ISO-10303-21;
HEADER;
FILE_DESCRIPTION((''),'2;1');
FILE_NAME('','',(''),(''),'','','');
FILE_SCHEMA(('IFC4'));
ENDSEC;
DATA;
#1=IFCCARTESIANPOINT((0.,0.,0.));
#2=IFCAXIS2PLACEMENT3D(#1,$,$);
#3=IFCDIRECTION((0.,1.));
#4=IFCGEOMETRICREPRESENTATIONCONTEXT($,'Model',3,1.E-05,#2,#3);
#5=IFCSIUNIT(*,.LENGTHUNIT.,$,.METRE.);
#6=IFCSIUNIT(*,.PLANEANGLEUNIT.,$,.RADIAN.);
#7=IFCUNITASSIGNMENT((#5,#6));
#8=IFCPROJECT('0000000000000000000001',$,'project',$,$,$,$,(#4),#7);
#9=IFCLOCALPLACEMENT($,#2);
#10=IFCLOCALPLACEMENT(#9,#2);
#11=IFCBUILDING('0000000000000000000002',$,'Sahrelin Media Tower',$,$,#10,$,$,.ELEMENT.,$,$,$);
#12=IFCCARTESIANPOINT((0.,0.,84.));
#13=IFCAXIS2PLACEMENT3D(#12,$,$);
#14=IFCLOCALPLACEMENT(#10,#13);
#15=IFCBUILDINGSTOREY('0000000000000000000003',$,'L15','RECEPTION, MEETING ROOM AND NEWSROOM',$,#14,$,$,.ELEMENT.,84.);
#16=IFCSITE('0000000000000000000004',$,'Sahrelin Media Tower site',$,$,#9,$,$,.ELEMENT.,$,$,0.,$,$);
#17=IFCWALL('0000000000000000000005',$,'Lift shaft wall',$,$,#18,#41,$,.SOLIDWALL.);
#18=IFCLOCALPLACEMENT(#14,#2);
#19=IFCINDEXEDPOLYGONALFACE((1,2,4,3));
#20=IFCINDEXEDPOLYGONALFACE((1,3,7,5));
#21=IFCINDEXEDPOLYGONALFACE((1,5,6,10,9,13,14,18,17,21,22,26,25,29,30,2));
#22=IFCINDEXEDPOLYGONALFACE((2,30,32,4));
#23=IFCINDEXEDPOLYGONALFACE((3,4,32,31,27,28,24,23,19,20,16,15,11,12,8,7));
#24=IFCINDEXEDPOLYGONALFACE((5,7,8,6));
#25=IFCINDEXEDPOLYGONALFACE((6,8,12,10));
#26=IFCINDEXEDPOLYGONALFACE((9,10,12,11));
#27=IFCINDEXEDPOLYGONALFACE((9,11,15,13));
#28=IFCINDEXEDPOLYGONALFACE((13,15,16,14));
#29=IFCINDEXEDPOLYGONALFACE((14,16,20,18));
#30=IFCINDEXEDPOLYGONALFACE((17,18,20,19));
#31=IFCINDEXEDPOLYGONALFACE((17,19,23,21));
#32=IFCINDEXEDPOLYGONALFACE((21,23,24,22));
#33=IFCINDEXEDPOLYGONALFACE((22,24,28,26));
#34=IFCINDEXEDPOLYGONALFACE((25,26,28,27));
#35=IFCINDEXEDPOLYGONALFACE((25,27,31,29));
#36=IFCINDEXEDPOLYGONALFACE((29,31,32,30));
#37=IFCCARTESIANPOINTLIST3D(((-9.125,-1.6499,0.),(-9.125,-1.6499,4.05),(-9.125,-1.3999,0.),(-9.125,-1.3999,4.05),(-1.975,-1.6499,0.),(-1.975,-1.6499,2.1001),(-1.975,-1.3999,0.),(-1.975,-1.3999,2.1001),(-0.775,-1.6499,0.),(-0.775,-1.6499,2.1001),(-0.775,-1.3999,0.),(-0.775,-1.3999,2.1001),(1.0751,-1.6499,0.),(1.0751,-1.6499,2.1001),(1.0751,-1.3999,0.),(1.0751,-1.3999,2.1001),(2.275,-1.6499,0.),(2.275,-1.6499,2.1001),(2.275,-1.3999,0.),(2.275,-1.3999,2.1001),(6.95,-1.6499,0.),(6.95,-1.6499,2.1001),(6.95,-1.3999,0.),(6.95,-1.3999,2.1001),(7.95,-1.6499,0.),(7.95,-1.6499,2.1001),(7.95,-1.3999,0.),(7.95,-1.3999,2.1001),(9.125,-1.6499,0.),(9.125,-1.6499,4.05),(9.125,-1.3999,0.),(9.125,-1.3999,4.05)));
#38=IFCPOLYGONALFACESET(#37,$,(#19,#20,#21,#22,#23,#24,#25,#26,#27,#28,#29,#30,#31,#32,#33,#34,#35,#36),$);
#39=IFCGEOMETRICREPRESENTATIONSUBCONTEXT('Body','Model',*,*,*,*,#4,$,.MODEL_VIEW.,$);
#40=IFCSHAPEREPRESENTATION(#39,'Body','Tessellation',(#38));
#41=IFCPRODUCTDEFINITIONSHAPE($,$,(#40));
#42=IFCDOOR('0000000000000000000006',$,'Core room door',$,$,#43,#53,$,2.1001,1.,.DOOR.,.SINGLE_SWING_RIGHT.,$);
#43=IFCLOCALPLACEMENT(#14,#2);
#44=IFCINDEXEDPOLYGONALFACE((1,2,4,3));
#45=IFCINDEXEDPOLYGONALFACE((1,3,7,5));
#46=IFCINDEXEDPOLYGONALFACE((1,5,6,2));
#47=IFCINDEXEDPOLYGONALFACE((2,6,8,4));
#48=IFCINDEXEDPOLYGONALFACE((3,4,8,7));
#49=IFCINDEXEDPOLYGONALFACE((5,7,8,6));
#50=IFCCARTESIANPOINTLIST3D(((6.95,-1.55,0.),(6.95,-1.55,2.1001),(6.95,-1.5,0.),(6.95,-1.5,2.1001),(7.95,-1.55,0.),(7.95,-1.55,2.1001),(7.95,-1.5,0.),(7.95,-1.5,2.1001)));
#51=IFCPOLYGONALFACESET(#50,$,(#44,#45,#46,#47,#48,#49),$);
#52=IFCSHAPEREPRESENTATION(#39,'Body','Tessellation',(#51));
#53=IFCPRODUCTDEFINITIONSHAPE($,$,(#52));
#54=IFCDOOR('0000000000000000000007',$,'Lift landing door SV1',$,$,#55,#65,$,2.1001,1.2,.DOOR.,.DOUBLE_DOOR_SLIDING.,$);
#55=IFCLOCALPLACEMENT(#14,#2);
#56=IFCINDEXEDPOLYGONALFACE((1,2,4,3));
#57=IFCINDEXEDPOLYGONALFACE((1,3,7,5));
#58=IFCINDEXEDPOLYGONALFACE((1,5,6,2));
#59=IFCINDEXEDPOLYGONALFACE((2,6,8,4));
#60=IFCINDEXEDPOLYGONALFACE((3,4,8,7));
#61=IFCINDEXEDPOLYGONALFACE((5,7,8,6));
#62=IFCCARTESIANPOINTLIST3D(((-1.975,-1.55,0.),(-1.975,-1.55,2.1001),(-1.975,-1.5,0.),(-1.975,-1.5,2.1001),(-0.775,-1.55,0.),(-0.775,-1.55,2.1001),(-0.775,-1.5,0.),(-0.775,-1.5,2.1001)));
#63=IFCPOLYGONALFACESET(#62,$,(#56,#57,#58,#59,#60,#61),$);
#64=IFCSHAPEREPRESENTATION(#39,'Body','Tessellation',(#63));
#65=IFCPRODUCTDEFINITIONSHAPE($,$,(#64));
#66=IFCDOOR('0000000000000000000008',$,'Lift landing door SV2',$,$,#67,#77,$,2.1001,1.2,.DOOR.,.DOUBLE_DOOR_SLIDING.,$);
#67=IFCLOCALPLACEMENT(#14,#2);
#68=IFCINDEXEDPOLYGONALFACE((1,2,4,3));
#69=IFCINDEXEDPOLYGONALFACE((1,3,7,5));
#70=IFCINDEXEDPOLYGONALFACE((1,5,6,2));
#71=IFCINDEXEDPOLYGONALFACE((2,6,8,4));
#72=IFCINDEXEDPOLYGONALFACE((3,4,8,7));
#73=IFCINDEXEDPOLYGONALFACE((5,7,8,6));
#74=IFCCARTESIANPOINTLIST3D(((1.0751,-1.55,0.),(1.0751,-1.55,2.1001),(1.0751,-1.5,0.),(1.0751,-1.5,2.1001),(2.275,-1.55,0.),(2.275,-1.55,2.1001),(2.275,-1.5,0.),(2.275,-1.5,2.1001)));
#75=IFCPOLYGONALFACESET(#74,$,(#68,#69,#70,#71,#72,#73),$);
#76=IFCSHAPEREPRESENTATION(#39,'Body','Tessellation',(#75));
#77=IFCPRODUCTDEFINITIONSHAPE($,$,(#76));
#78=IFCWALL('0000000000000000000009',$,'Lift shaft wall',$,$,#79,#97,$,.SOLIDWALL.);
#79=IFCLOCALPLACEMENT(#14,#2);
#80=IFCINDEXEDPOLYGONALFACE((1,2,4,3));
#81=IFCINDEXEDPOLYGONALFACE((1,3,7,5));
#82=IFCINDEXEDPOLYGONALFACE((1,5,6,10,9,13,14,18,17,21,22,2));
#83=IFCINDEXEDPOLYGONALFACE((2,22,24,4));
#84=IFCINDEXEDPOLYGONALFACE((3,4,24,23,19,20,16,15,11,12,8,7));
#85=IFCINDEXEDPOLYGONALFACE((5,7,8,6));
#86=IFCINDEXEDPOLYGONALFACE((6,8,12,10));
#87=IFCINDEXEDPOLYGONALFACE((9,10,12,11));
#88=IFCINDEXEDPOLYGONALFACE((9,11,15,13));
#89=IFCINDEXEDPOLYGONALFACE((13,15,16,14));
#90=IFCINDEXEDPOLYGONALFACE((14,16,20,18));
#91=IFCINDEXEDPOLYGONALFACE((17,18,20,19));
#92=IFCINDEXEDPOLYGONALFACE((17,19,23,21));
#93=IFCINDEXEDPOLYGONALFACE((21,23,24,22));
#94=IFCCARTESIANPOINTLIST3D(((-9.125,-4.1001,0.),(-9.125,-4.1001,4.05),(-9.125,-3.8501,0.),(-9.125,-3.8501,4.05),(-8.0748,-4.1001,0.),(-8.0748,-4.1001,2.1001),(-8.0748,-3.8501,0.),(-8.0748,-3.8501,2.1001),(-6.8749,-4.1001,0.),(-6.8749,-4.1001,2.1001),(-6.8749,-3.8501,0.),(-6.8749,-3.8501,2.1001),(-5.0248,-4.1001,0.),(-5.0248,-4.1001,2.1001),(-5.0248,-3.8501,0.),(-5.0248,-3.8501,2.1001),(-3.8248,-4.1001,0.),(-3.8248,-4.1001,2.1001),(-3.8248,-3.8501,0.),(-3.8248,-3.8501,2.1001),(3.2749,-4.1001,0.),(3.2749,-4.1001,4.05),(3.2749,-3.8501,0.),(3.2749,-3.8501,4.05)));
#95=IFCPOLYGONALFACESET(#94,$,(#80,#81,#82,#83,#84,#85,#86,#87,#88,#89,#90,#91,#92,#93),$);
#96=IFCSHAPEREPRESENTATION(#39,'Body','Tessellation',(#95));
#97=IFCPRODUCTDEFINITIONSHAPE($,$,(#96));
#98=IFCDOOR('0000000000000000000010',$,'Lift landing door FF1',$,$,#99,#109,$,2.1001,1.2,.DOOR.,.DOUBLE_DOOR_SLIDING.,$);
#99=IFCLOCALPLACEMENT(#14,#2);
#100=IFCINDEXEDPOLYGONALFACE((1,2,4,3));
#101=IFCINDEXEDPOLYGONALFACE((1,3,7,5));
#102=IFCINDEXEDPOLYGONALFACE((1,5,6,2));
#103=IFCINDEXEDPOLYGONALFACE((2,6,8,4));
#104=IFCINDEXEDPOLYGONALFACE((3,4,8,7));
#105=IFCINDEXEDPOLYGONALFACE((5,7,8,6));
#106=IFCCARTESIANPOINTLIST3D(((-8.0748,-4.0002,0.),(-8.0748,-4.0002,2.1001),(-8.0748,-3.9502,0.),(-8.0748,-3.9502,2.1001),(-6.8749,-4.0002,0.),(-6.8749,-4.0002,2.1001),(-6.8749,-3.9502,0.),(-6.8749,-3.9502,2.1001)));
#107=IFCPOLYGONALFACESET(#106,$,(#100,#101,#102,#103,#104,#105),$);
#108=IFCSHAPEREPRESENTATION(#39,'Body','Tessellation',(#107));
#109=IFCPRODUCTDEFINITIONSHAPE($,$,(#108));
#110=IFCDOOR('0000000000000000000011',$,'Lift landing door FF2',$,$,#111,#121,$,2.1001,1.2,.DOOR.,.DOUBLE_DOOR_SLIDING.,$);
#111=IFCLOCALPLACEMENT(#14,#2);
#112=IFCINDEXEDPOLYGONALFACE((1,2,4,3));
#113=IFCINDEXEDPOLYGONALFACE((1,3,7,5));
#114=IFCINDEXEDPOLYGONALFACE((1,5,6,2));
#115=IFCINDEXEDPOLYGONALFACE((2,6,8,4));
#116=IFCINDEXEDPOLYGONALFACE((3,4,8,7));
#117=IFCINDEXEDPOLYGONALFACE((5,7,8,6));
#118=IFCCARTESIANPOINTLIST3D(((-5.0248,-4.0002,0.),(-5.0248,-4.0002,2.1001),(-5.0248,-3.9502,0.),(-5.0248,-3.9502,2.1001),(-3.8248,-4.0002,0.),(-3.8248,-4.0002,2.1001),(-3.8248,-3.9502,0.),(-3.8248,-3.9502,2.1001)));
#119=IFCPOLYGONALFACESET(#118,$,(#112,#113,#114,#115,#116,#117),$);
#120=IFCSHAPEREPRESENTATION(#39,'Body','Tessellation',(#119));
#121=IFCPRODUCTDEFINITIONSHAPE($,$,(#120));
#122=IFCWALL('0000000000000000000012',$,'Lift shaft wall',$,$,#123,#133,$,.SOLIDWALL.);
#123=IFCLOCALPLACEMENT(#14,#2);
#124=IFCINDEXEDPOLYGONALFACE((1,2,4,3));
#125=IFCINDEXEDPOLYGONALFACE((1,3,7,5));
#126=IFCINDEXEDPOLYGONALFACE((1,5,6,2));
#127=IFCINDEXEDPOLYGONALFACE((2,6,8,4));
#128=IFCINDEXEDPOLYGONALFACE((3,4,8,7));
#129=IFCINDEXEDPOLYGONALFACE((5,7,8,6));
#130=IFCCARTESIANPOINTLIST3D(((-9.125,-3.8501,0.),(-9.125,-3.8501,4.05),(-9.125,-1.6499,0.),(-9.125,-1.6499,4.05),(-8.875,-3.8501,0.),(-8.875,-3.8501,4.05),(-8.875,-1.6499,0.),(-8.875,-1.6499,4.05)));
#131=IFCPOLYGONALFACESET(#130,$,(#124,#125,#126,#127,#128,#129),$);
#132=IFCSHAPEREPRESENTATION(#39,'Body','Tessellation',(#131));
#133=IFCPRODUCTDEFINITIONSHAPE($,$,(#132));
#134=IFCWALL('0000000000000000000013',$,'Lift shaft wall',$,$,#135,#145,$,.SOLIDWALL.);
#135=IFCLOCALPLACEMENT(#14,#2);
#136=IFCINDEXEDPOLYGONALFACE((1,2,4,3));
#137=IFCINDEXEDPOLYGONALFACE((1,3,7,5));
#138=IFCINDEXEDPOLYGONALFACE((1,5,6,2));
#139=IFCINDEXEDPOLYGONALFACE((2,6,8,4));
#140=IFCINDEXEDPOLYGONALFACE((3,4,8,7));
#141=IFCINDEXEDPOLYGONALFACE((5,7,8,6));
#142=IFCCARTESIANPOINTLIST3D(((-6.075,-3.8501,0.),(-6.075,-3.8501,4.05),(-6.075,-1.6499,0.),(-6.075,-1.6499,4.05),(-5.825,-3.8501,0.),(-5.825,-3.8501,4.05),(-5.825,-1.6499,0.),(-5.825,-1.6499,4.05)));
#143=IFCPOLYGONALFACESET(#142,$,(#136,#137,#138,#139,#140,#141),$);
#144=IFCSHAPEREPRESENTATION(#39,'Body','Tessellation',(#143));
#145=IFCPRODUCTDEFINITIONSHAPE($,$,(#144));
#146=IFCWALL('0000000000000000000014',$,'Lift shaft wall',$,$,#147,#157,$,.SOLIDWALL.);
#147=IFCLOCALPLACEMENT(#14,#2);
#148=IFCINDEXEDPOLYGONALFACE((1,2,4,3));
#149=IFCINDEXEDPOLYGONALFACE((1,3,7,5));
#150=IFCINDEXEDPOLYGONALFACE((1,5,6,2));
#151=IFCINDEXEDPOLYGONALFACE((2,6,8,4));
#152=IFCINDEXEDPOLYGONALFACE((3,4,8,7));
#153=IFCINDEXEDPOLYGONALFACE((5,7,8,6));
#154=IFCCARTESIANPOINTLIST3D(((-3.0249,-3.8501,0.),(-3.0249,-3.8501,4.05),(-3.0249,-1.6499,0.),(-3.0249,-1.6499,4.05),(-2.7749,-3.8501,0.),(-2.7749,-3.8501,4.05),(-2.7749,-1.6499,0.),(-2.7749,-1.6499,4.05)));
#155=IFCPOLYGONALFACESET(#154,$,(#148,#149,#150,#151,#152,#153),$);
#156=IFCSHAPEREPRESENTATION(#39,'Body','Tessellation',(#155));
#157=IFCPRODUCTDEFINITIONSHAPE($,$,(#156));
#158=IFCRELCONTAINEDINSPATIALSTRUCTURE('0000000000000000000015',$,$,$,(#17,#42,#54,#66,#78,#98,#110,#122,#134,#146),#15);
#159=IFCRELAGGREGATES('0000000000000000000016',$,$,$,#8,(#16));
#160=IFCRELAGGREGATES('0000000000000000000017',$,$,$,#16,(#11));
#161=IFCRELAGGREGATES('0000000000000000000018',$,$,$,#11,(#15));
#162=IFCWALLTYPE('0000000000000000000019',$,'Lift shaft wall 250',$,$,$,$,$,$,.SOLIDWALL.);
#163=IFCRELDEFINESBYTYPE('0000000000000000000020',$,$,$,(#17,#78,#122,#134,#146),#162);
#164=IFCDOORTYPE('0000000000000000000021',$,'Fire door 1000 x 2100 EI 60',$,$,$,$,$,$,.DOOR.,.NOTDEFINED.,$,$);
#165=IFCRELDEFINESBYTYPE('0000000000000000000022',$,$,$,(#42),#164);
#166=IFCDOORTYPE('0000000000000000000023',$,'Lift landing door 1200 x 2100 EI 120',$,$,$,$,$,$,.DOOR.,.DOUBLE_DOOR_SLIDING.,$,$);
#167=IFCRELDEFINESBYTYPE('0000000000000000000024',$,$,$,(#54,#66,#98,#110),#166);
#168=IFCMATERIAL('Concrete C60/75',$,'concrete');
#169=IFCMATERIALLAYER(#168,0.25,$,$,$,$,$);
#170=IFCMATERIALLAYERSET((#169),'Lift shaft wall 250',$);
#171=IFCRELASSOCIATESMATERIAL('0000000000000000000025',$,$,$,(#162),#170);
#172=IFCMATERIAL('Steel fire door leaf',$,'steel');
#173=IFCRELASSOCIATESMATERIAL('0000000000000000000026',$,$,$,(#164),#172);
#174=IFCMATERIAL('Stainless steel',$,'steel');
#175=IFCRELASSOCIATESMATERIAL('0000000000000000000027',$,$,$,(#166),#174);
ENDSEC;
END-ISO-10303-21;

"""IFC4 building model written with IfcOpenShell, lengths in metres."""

from ifc_helpers import new_model, si_unit, direction, frame, frame_2d, origin, place, context, subcontext, project, spatial, rectangle, extrude, material, layer, layer_set, type_object, element, fill, save


model = new_model("IFC4")

# Units and contexts
model_context = context("Model", 3, precision=1e-05, world=origin(), true_north=direction((0.0, 1.0)))
body_context = subcontext(model_context, "Body", "Model", "MODEL_VIEW")
ifc_project = project(units=[si_unit("LENGTHUNIT", "METRE"), si_unit("PLANEANGLEUNIT", "RADIAN")], contexts=[model_context])

# Site, building, storey
site_placement = place(None, origin())
site = spatial("IfcSite", under=ifc_project, at=site_placement, Name="Sahrelin Media Tower site", CompositionType="ELEMENT", RefElevation=0.0)
building_placement = place(site_placement, origin())
building = spatial("IfcBuilding", under=site, at=building_placement, Name="Sahrelin Media Tower", CompositionType="ELEMENT")
storey_placement = place(building_placement, frame((0.0, 0.0, 84.0)))
storey = spatial("IfcBuildingStorey", under=building, at=storey_placement, Name="L15", Description="RECEPTION, MEETING ROOM AND NEWSROOM", CompositionType="ELEMENT", Elevation=84.0)

# Shared definitions
ifc_material_1 = material(Name="Steel fire door leaf", Category="steel")

# Walls, openings, doors
ifc_material_2 = material(Name="Concrete C60/75", Category="concrete")
ifc_layer_1 = layer(ifc_material_2, 0.25)
ifc_layer_set_1 = layer_set([ifc_layer_1], Name="Lift shaft wall 250")
wall_type_1 = type_object("IfcWallType", Name="Lift shaft wall 250", PredefinedType="SOLIDWALL", material=ifc_layer_set_1)
wall_1_placement = place(storey_placement, frame((-9.125, -1.5249, 0.0), z_axis=(0.0, 0.0, 1.0), x_axis=(1.0, 0.0, 0.0)))
wall_1 = element("IfcWall", 1, at=wall_1_placement, inside=storey, type_object=wall_type_1, Name="Lift shaft wall", PredefinedType="SOLIDWALL", context=body_context, shape_type="SweptSolid", body=[
    extrude(rectangle(XDim=18.25, YDim=0.25, at=frame_2d((9.125, 0.0))), origin(), (0.0, 0.0, 1.0), 4.05),
])
opening_1_placement = place(wall_1_placement, frame((7.1499, 0.0, 0.0)))
opening_1 = element("IfcOpeningElement", 2, at=opening_1_placement, cuts=wall_1, PredefinedType="OPENING", context=body_context, shape_type="SweptSolid", body=[
    extrude(rectangle(XDim=1.2, YDim=2.1001, at=frame_2d((0.6001, 1.05))), frame((0.0, 0.125, 0.0), z_axis=(0.0, -1.0, 0.0), x_axis=(1.0, 0.0, 0.0)), (0.0, 0.0, 1.0), 0.25),
])
opening_2_placement = place(wall_1_placement, frame((10.2, 0.0, 0.0)))
opening_2 = element("IfcOpeningElement", 3, at=opening_2_placement, cuts=wall_1, PredefinedType="OPENING", context=body_context, shape_type="SweptSolid", body=[
    extrude(rectangle(XDim=1.2, YDim=2.1001, at=frame_2d((0.6001, 1.05))), frame((0.0, 0.125, 0.0), z_axis=(0.0, -1.0, 0.0), x_axis=(1.0, 0.0, 0.0)), (0.0, 0.0, 1.0), 0.25),
])
opening_3_placement = place(wall_1_placement, frame((16.075, 0.0, 0.0)))
opening_3 = element("IfcOpeningElement", 4, at=opening_3_placement, cuts=wall_1, PredefinedType="OPENING", context=body_context, shape_type="SweptSolid", body=[
    extrude(rectangle(XDim=1.0, YDim=2.1001, at=frame_2d((0.5, 1.05))), frame((0.0, 0.125, 0.0), z_axis=(0.0, -1.0, 0.0), x_axis=(1.0, 0.0, 0.0)), (0.0, 0.0, 1.0), 0.25),
])
door_type_1 = type_object("IfcDoorType", Name="Fire door 1000 x 2100 EI 60", OperationType="NOTDEFINED", PredefinedType="DOOR", material=ifc_material_1)
door_1_placement = place(opening_3_placement, origin())
door_1 = element("IfcDoor", 5, at=door_1_placement, inside=storey, type_object=door_type_1, Name="Core room door", OperationType="SINGLE_SWING_RIGHT", OverallHeight=2.1001, OverallWidth=1.0, PredefinedType="DOOR", context=body_context, shape_type="SweptSolid", body=[
    extrude(rectangle(XDim=1.0, YDim=2.1001, at=frame_2d((0.5, 1.05))), frame((0.0, 0.0249, 0.0), z_axis=(0.0, -1.0, 0.0), x_axis=(1.0, 0.0, 0.0)), (0.0, 0.0, 1.0), 0.05),
])
fill(opening_3, door_1)
ifc_material_3 = material(Name="Stainless steel", Category="steel")
door_type_2 = type_object("IfcDoorType", Name="Lift landing door 1200 x 2100 EI 120", OperationType="DOUBLE_DOOR_SLIDING", PredefinedType="DOOR", material=ifc_material_3)
door_2_placement = place(opening_1_placement, origin())
door_2 = element("IfcDoor", 6, at=door_2_placement, inside=storey, type_object=door_type_2, Name="Lift landing door SV1", OperationType="DOUBLE_DOOR_SLIDING", OverallHeight=2.1001, OverallWidth=1.2, PredefinedType="DOOR", context=body_context, shape_type="SweptSolid", body=[
    extrude(rectangle(XDim=1.2, YDim=2.1001, at=frame_2d((0.6001, 1.05))), frame((0.0, 0.0249, 0.0), z_axis=(0.0, -1.0, 0.0), x_axis=(1.0, 0.0, 0.0)), (0.0, 0.0, 1.0), 0.05),
])
fill(opening_1, door_2)
door_3_placement = place(opening_2_placement, origin())
door_3 = element("IfcDoor", 7, at=door_3_placement, inside=storey, type_object=door_type_2, Name="Lift landing door SV2", OperationType="DOUBLE_DOOR_SLIDING", OverallHeight=2.1001, OverallWidth=1.2, PredefinedType="DOOR", context=body_context, shape_type="SweptSolid", body=[
    extrude(rectangle(XDim=1.2, YDim=2.1001, at=frame_2d((0.6001, 1.05))), frame((0.0, 0.0249, 0.0), z_axis=(0.0, -1.0, 0.0), x_axis=(1.0, 0.0, 0.0)), (0.0, 0.0, 1.0), 0.05),
])
fill(opening_2, door_3)
wall_2_placement = place(storey_placement, frame((-9.125, -3.9751, 0.0), z_axis=(0.0, 0.0, 1.0), x_axis=(1.0, 0.0, 0.0)))
wall_2 = element("IfcWall", 8, at=wall_2_placement, inside=storey, type_object=wall_type_1, Name="Lift shaft wall", PredefinedType="SOLIDWALL", context=body_context, shape_type="SweptSolid", body=[
    extrude(rectangle(XDim=12.3999, YDim=0.25, at=frame_2d((6.2, 0.0))), origin(), (0.0, 0.0, 1.0), 4.05),
])
opening_4_placement = place(wall_2_placement, frame((1.05, 0.0, 0.0)))
opening_4 = element("IfcOpeningElement", 9, at=opening_4_placement, cuts=wall_2, PredefinedType="OPENING", context=body_context, shape_type="SweptSolid", body=[
    extrude(rectangle(XDim=1.2, YDim=2.1001, at=frame_2d((0.6001, 1.05))), frame((0.0, 0.125, 0.0), z_axis=(0.0, -1.0, 0.0), x_axis=(1.0, 0.0, 0.0)), (0.0, 0.0, 1.0), 0.25),
])
opening_5_placement = place(wall_2_placement, frame((4.1001, 0.0, 0.0)))
opening_5 = element("IfcOpeningElement", 10, at=opening_5_placement, cuts=wall_2, PredefinedType="OPENING", context=body_context, shape_type="SweptSolid", body=[
    extrude(rectangle(XDim=1.2, YDim=2.1001, at=frame_2d((0.6001, 1.05))), frame((0.0, 0.125, 0.0), z_axis=(0.0, -1.0, 0.0), x_axis=(1.0, 0.0, 0.0)), (0.0, 0.0, 1.0), 0.25),
])
door_4_placement = place(opening_4_placement, origin())
door_4 = element("IfcDoor", 11, at=door_4_placement, inside=storey, type_object=door_type_2, Name="Lift landing door FF1", OperationType="DOUBLE_DOOR_SLIDING", OverallHeight=2.1001, OverallWidth=1.2, PredefinedType="DOOR", context=body_context, shape_type="SweptSolid", body=[
    extrude(rectangle(XDim=1.2, YDim=2.1001, at=frame_2d((0.6001, 1.05))), frame((0.0, 0.0249, 0.0), z_axis=(0.0, -1.0, 0.0), x_axis=(1.0, 0.0, 0.0)), (0.0, 0.0, 1.0), 0.05),
])
fill(opening_4, door_4)
door_5_placement = place(opening_5_placement, origin())
door_5 = element("IfcDoor", 12, at=door_5_placement, inside=storey, type_object=door_type_2, Name="Lift landing door FF2", OperationType="DOUBLE_DOOR_SLIDING", OverallHeight=2.1001, OverallWidth=1.2, PredefinedType="DOOR", context=body_context, shape_type="SweptSolid", body=[
    extrude(rectangle(XDim=1.2, YDim=2.1001, at=frame_2d((0.6001, 1.05))), frame((0.0, 0.0249, 0.0), z_axis=(0.0, -1.0, 0.0), x_axis=(1.0, 0.0, 0.0)), (0.0, 0.0, 1.0), 0.05),
])
fill(opening_5, door_5)

# Walls
for number, where, z_axis, x_axis, name in (
    (13, (-9.0, -3.8501, 0.0), (0.0, 0.0, 1.0), (0.0, 1.0, 0.0), "Lift shaft wall"),
    (14, (-5.95, -3.8501, 0.0), (0.0, 0.0, 1.0), (0.0, 1.0, 0.0), "Lift shaft wall"),
    (15, (-2.8999, -3.8501, 0.0), (0.0, 0.0, 1.0), (0.0, 1.0, 0.0), "Lift shaft wall"),
):
    element("IfcWall", number, at=place(storey_placement, frame(where, z_axis=z_axis, x_axis=x_axis)), inside=storey, type_object=wall_type_1, Name=name, PredefinedType="SOLIDWALL", context=body_context, shape_type="SweptSolid", body=[
        extrude(rectangle(XDim=2.2002, YDim=0.25, at=frame_2d((1.1001, 0.0))), origin(), (0.0, 0.0, 1.0), 4.05),
    ])

save(model, "model.ifc")
